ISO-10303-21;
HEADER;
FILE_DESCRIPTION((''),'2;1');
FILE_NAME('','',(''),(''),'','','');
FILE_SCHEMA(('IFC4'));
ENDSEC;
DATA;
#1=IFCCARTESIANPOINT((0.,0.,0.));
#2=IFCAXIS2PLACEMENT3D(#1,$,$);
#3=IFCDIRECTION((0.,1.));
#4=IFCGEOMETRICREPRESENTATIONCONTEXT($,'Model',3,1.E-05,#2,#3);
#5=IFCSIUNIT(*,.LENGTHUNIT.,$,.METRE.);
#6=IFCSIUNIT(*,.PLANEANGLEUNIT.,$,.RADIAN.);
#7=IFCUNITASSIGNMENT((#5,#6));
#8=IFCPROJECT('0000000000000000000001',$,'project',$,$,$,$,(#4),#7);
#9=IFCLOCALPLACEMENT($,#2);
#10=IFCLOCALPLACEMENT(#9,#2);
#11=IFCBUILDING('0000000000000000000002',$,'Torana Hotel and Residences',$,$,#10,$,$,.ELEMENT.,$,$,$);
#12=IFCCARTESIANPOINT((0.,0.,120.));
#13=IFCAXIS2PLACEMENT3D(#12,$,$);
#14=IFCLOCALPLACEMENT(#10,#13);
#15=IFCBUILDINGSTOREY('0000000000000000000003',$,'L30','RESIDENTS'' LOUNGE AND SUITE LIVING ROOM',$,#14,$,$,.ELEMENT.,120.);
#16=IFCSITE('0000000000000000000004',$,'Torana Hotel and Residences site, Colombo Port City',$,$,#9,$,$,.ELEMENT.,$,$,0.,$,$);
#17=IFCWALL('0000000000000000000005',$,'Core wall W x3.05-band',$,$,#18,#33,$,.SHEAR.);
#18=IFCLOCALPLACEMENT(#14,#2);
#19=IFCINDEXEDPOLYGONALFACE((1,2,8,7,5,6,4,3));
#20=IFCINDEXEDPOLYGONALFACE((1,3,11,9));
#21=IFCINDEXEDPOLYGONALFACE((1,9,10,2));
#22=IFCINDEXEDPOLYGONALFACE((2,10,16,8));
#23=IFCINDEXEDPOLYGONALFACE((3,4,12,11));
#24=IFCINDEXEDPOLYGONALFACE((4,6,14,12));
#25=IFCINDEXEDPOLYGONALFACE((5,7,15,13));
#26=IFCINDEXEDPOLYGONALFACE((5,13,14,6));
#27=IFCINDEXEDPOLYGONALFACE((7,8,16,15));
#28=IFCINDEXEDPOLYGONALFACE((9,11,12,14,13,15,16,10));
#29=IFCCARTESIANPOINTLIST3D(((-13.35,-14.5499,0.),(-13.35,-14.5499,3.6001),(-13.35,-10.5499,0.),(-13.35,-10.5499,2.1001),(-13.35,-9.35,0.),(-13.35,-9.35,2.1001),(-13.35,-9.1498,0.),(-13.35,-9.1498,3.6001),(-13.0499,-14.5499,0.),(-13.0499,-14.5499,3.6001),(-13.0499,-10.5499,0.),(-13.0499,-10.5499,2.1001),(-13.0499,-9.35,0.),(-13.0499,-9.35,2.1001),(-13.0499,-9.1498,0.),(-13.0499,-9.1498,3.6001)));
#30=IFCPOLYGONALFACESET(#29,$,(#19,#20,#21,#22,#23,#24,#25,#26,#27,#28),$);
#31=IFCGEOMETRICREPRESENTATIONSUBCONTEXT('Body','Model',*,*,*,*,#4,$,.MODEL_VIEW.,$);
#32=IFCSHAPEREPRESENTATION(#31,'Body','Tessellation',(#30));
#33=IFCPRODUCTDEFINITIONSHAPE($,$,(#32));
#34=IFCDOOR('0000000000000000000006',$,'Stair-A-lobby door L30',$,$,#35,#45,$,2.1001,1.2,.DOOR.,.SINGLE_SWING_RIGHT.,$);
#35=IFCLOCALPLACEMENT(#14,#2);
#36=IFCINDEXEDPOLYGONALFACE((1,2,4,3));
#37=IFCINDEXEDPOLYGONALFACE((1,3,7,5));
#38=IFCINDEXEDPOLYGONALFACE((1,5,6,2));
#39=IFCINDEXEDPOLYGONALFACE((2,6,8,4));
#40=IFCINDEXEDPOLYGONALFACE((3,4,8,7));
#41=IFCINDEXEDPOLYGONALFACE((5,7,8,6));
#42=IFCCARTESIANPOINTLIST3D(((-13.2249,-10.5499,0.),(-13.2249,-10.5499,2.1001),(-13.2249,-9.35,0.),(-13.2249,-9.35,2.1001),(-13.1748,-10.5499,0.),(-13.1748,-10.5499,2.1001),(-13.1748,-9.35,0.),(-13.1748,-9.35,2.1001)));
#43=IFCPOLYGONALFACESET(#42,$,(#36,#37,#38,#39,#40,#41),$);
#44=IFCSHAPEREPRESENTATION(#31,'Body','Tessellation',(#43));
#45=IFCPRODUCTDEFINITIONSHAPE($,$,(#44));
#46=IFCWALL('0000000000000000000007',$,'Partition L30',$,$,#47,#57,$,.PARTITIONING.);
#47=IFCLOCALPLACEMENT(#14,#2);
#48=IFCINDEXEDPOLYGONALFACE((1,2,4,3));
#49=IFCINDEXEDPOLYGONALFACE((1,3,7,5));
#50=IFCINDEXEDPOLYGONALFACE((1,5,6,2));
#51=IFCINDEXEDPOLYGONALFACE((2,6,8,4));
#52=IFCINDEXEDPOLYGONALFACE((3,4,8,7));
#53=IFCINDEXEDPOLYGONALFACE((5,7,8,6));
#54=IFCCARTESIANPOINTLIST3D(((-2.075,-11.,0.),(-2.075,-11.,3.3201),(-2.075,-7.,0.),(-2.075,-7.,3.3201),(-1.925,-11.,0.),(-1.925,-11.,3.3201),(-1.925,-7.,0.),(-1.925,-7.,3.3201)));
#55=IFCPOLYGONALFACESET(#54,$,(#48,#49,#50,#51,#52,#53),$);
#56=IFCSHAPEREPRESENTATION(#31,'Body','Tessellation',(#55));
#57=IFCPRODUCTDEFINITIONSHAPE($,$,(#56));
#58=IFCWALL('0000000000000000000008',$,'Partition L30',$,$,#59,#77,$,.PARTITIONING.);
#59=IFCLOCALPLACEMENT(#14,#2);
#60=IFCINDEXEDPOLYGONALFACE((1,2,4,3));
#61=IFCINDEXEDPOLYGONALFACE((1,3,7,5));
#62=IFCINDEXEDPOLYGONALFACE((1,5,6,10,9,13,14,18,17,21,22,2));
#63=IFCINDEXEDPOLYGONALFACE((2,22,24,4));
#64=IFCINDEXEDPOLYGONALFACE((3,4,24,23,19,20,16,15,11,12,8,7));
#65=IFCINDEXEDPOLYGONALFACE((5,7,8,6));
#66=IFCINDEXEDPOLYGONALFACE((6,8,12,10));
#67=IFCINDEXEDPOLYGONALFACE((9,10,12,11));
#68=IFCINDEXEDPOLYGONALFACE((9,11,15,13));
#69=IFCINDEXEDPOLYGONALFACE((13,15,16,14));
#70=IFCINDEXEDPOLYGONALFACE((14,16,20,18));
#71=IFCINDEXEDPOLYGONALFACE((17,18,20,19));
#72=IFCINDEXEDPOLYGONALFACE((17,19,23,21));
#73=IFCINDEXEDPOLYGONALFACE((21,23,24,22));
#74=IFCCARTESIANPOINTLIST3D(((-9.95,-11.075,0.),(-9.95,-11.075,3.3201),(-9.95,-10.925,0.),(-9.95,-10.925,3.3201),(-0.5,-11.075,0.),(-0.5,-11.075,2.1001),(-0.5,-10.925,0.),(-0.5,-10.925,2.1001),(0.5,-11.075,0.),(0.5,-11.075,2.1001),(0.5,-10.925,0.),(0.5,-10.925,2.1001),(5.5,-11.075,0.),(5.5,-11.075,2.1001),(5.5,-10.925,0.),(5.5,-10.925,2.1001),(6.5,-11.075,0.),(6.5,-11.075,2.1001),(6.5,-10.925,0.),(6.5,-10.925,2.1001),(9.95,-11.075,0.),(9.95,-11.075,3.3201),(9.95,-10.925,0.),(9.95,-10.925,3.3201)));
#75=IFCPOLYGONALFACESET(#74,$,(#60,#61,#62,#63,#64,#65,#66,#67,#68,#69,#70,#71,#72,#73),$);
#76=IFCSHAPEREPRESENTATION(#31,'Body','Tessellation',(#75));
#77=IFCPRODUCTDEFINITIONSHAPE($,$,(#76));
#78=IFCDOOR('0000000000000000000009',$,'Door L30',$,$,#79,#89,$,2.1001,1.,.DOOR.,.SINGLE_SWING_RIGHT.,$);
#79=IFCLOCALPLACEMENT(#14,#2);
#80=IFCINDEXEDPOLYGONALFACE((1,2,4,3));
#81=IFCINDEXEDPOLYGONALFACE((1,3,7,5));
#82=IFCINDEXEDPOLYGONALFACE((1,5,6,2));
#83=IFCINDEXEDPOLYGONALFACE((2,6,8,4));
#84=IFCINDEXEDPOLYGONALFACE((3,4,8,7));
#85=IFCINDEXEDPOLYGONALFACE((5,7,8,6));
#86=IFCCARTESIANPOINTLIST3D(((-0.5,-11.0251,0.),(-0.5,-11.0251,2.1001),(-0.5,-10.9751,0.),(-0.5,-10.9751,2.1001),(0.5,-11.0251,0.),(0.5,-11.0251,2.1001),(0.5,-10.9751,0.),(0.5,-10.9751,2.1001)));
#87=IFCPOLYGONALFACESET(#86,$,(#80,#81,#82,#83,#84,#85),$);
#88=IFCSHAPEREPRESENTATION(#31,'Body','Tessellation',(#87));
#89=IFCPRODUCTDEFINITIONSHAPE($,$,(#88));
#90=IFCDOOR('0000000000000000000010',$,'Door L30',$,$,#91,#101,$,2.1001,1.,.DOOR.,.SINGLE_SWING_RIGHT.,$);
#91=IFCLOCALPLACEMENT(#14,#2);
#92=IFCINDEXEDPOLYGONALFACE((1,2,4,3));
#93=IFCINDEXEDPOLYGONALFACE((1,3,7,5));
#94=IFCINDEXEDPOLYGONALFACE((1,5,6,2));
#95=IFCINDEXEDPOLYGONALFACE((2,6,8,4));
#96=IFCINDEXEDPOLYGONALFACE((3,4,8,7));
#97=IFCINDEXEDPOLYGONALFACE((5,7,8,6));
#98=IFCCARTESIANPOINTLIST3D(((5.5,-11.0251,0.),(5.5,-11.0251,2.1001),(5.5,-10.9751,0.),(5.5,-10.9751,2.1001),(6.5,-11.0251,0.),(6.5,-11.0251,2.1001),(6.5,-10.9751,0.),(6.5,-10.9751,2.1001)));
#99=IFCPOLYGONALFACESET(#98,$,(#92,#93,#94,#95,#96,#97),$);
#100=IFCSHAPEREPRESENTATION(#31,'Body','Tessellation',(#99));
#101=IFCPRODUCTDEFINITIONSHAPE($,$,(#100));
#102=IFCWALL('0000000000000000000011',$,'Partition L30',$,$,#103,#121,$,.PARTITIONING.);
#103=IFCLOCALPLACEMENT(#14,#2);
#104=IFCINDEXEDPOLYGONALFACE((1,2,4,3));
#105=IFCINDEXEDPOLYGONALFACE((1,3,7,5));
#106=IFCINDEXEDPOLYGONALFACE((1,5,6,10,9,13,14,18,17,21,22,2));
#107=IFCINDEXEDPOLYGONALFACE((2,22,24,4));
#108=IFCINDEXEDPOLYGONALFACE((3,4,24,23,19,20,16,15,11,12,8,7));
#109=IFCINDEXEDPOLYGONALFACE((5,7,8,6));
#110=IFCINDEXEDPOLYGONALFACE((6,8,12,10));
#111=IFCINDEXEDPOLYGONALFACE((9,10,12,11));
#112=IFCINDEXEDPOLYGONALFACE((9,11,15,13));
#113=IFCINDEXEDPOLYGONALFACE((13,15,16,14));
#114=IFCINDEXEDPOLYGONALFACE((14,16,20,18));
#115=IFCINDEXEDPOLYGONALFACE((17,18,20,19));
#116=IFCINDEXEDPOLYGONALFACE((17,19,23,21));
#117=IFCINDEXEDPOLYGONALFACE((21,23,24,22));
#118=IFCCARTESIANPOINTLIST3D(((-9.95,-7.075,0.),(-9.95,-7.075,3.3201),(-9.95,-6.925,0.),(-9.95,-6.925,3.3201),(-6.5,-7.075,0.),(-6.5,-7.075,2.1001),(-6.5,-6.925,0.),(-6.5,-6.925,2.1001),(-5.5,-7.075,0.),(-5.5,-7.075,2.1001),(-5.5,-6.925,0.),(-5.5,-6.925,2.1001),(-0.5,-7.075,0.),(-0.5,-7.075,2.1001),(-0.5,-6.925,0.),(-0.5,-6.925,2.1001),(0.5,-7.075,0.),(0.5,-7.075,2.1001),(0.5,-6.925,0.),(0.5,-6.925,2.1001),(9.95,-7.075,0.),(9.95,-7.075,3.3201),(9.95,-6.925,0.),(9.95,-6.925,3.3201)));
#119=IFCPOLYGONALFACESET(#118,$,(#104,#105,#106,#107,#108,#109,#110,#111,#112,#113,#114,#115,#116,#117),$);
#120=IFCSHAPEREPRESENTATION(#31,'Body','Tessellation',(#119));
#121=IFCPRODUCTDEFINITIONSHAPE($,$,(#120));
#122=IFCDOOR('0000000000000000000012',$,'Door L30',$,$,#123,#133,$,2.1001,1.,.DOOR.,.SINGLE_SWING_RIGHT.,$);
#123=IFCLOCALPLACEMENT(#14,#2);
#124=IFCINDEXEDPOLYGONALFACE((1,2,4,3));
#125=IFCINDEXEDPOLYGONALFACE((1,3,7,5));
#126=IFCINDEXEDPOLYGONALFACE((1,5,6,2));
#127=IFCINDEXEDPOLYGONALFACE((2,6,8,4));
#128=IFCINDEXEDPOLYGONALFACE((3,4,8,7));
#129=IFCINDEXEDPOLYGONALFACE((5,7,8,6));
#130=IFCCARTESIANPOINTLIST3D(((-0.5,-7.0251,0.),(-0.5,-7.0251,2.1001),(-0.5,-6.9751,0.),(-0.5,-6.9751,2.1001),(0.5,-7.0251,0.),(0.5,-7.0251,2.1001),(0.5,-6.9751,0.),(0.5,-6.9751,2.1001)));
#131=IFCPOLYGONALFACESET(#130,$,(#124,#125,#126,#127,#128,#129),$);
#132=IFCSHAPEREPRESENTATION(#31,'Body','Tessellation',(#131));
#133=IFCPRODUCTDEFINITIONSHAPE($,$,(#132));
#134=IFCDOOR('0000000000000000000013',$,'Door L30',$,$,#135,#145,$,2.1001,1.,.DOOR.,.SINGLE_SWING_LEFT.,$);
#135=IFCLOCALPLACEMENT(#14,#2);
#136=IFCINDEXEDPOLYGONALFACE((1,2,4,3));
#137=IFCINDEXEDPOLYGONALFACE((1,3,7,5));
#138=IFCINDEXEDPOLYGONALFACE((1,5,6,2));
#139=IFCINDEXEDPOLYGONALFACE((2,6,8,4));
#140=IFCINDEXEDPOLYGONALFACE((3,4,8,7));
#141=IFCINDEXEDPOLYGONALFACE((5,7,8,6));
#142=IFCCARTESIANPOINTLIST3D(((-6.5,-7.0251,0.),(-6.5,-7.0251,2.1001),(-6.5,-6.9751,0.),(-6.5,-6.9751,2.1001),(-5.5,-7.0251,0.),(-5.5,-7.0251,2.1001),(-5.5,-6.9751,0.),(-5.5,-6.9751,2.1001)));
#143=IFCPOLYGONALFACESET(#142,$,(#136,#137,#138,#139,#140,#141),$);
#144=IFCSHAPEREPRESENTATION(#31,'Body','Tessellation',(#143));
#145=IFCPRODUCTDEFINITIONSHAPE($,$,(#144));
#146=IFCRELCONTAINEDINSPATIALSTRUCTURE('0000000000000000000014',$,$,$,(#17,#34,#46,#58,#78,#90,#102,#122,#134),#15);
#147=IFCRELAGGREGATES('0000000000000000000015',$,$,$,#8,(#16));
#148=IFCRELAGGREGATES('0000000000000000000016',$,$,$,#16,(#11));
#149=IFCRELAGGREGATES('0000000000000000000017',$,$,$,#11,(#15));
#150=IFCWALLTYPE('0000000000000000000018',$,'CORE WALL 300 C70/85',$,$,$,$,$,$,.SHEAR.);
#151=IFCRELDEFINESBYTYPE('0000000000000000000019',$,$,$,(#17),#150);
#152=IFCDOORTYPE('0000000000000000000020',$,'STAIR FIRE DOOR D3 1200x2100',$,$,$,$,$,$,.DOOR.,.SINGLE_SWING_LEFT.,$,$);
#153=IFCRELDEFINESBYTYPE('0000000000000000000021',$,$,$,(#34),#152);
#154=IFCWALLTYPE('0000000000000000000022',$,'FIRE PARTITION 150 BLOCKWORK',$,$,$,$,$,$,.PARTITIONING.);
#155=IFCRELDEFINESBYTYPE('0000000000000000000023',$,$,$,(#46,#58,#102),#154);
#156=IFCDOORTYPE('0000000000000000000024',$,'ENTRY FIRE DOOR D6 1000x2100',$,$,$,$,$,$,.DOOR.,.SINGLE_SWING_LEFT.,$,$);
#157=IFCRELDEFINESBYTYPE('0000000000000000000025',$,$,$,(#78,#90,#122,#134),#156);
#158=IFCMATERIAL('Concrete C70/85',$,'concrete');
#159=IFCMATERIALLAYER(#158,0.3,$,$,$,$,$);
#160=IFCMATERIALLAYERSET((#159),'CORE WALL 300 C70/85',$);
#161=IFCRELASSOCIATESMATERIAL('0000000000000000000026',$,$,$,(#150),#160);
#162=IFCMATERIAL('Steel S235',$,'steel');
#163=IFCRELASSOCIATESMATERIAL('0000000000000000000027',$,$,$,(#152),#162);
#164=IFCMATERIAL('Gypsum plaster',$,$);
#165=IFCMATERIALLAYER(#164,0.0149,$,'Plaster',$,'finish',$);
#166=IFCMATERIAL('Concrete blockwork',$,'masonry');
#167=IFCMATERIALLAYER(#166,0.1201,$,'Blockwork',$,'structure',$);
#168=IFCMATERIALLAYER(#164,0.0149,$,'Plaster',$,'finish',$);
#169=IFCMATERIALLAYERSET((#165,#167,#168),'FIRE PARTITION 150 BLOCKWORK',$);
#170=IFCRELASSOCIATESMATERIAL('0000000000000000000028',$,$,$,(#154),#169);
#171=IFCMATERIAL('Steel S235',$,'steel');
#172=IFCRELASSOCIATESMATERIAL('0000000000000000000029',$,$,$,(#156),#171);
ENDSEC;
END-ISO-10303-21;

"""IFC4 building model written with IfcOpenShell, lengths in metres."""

from ifc_helpers import new_model, si_unit, direction, frame, frame_2d, origin, place, context, subcontext, project, spatial, rectangle, extrude, material, layer, layer_set, type_object, element, fill, save


model = new_model("IFC4")

# Units and contexts
model_context = context("Model", 3, precision=1e-05, world=origin(), true_north=direction((0.0, 1.0)))
body_context = subcontext(model_context, "Body", "Model", "MODEL_VIEW")
ifc_project = project(units=[si_unit("LENGTHUNIT", "METRE"), si_unit("PLANEANGLEUNIT", "RADIAN")], contexts=[model_context])

# Site, building, storey
site_placement = place(None, origin())
site = spatial("IfcSite", under=ifc_project, at=site_placement, Name="Torana Hotel and Residences site, Colombo Port City", CompositionType="ELEMENT", RefElevation=0.0)
building_placement = place(site_placement, origin())
building = spatial("IfcBuilding", under=site, at=building_placement, Name="Torana Hotel and Residences", CompositionType="ELEMENT")
storey_placement = place(building_placement, frame((0.0, 0.0, 120.0)))
storey = spatial("IfcBuildingStorey", under=building, at=storey_placement, Name="L30", Description="RESIDENTS' LOUNGE AND SUITE LIVING ROOM", CompositionType="ELEMENT", Elevation=120.0)

# Shared definitions
ifc_material_1 = material(Name="Concrete C70/85", Category="concrete")
ifc_layer_1 = layer(ifc_material_1, 0.3)
ifc_layer_set_1 = layer_set([ifc_layer_1], Name="CORE WALL 300 C70/85")
wall_type_1 = type_object("IfcWallType", Name="CORE WALL 300 C70/85", PredefinedType="SHEAR", material=ifc_layer_set_1)

# Wall, opening, door
wall_1_placement = place(storey_placement, frame((-13.2, -14.55, 0.0), z_axis=(0.0, 0.0, 1.0), x_axis=(0.0, 1.0, 0.0)))
wall_1 = element("IfcWall", 1, at=wall_1_placement, inside=storey, type_object=wall_type_1, Name="Core wall W x3.05-band", PredefinedType="SHEAR", context=body_context, shape_type="SweptSolid", body=[
    extrude(rectangle(XDim=5.4001, YDim=0.3, at=frame_2d((2.7002, 0.0))), origin(), (0.0, 0.0, 1.0), 3.6001),
])
opening_1_placement = place(wall_1_placement, frame((4.0, 0.0, 0.0)))
opening_1 = element("IfcOpeningElement", 2, at=opening_1_placement, cuts=wall_1, PredefinedType="OPENING", context=body_context, shape_type="SweptSolid", body=[
    extrude(rectangle(XDim=1.2, YDim=2.1001, at=frame_2d((0.6001, 1.05))), frame((0.0, 0.1599, 0.0), z_axis=(0.0, -1.0, 0.0), x_axis=(1.0, 0.0, 0.0)), (0.0, 0.0, 1.0), 0.3201),
])
ifc_material_2 = material(Name="Steel S235", Category="steel")
door_type_1 = type_object("IfcDoorType", Name="STAIR FIRE DOOR D3 1200x2100", OperationType="SINGLE_SWING_LEFT", PredefinedType="DOOR", material=ifc_material_2)
door_1_placement = place(opening_1_placement, frame((0.6001, 0.0, 0.0), z_axis=(0.0, 0.0, 1.0), x_axis=(-1.0, 0.0, 0.0)))
door_1 = element("IfcDoor", 3, at=door_1_placement, inside=storey, type_object=door_type_1, Name="Stair-A-lobby door L30", OperationType="SINGLE_SWING_RIGHT", OverallHeight=2.1001, OverallWidth=1.2, PredefinedType="DOOR", context=body_context, shape_type="SweptSolid", body=[
    extrude(rectangle(XDim=1.2, YDim=2.1001, at=frame_2d((0.0, 1.05))), frame((0.0, -0.0249, 0.0), z_axis=(0.0, 1.0, 0.0), x_axis=(-1.0, 0.0, 0.0)), (0.0, 0.0, 1.0), 0.05),
])
fill(opening_1, door_1)

# Wall
ifc_material_3 = material(Name="Gypsum plaster")
ifc_layer_2 = layer(ifc_material_3, 0.0149, Name="Plaster", Category="finish")
ifc_material_4 = material(Name="Concrete blockwork", Category="masonry")
ifc_layer_3 = layer(ifc_material_4, 0.1201, Name="Blockwork", Category="structure")
ifc_layer_4 = layer(ifc_material_3, 0.0149, Name="Plaster", Category="finish")
ifc_layer_set_2 = layer_set([ifc_layer_2, ifc_layer_3, ifc_layer_4], Name="FIRE PARTITION 150 BLOCKWORK")
wall_type_2 = type_object("IfcWallType", Name="FIRE PARTITION 150 BLOCKWORK", PredefinedType="PARTITIONING", material=ifc_layer_set_2)
wall_2_placement = place(storey_placement, frame((-2.0, -11.0, 0.0), z_axis=(0.0, 0.0, 1.0), x_axis=(0.0, 1.0, 0.0)))
element("IfcWall", 4, at=wall_2_placement, inside=storey, type_object=wall_type_2, Name="Partition L30", PredefinedType="PARTITIONING", context=body_context, shape_type="SweptSolid", body=[
    extrude(rectangle(XDim=4.0, YDim=0.1499, at=frame_2d((2.0, 0.0))), origin(), (0.0, 0.0, 1.0), 3.3201),
])

# Walls, openings, doors
wall_3_placement = place(storey_placement, frame((-9.95, -11.0, 0.0), z_axis=(0.0, 0.0, 1.0), x_axis=(1.0, 0.0, 0.0)))
wall_3 = element("IfcWall", 5, at=wall_3_placement, inside=storey, type_object=wall_type_2, Name="Partition L30", PredefinedType="PARTITIONING", context=body_context, shape_type="SweptSolid", body=[
    extrude(rectangle(XDim=19.8999, YDim=0.1499, at=frame_2d((9.95, 0.0))), origin(), (0.0, 0.0, 1.0), 3.3201),
])
opening_2_placement = place(wall_3_placement, frame((9.45, 0.0, 0.0)))
opening_2 = element("IfcOpeningElement", 6, at=opening_2_placement, cuts=wall_3, PredefinedType="OPENING", context=body_context, shape_type="SweptSolid", body=[
    extrude(rectangle(XDim=1.0, YDim=2.1001, at=frame_2d((0.5, 1.05))), frame((0.0, 0.085, 0.0), z_axis=(0.0, -1.0, 0.0), x_axis=(1.0, 0.0, 0.0)), (0.0, 0.0, 1.0), 0.1699),
])
opening_3_placement = place(wall_3_placement, frame((15.45, 0.0, 0.0)))
opening_3 = element("IfcOpeningElement", 7, at=opening_3_placement, cuts=wall_3, PredefinedType="OPENING", context=body_context, shape_type="SweptSolid", body=[
    extrude(rectangle(XDim=1.0, YDim=2.1001, at=frame_2d((0.5, 1.05))), frame((0.0, 0.085, 0.0), z_axis=(0.0, -1.0, 0.0), x_axis=(1.0, 0.0, 0.0)), (0.0, 0.0, 1.0), 0.1699),
])
ifc_material_5 = material(Name="Steel S235", Category="steel")
door_type_2 = type_object("IfcDoorType", Name="ENTRY FIRE DOOR D6 1000x2100", OperationType="SINGLE_SWING_LEFT", PredefinedType="DOOR", material=ifc_material_5)
door_2_placement = place(opening_2_placement, origin())
door_2 = element("IfcDoor", 8, at=door_2_placement, inside=storey, type_object=door_type_2, Name="Door L30", OperationType="SINGLE_SWING_RIGHT", OverallHeight=2.1001, OverallWidth=1.0, PredefinedType="DOOR", context=body_context, shape_type="SweptSolid", body=[
    extrude(rectangle(XDim=1.0, YDim=2.1001, at=frame_2d((0.5, 1.05))), frame((0.0, 0.0249, 0.0), z_axis=(0.0, -1.0, 0.0), x_axis=(1.0, 0.0, 0.0)), (0.0, 0.0, 1.0), 0.05),
])
fill(opening_2, door_2)
door_3_placement = place(opening_3_placement, origin())
door_3 = element("IfcDoor", 9, at=door_3_placement, inside=storey, type_object=door_type_2, Name="Door L30", OperationType="SINGLE_SWING_RIGHT", OverallHeight=2.1001, OverallWidth=1.0, PredefinedType="DOOR", context=body_context, shape_type="SweptSolid", body=[
    extrude(rectangle(XDim=1.0, YDim=2.1001, at=frame_2d((0.5, 1.05))), frame((0.0, 0.0249, 0.0), z_axis=(0.0, -1.0, 0.0), x_axis=(1.0, 0.0, 0.0)), (0.0, 0.0, 1.0), 0.05),
])
fill(opening_3, door_3)
wall_4_placement = place(storey_placement, frame((-9.95, -7.0, 0.0), z_axis=(0.0, 0.0, 1.0), x_axis=(1.0, 0.0, 0.0)))
wall_4 = element("IfcWall", 10, at=wall_4_placement, inside=storey, type_object=wall_type_2, Name="Partition L30", PredefinedType="PARTITIONING", context=body_context, shape_type="SweptSolid", body=[
    extrude(rectangle(XDim=19.8999, YDim=0.1499, at=frame_2d((9.95, 0.0))), origin(), (0.0, 0.0, 1.0), 3.3201),
])
opening_4_placement = place(wall_4_placement, frame((9.45, 0.0, 0.0)))
opening_4 = element("IfcOpeningElement", 11, at=opening_4_placement, cuts=wall_4, PredefinedType="OPENING", context=body_context, shape_type="SweptSolid", body=[
    extrude(rectangle(XDim=1.0, YDim=2.1001, at=frame_2d((0.5, 1.05))), frame((0.0, 0.085, 0.0), z_axis=(0.0, -1.0, 0.0), x_axis=(1.0, 0.0, 0.0)), (0.0, 0.0, 1.0), 0.1699),
])
opening_5_placement = place(wall_4_placement, frame((3.45, 0.0, 0.0)))
opening_5 = element("IfcOpeningElement", 12, at=opening_5_placement, cuts=wall_4, PredefinedType="OPENING", context=body_context, shape_type="SweptSolid", body=[
    extrude(rectangle(XDim=1.0, YDim=2.1001, at=frame_2d((0.5, 1.05))), frame((0.0, 0.085, 0.0), z_axis=(0.0, -1.0, 0.0), x_axis=(1.0, 0.0, 0.0)), (0.0, 0.0, 1.0), 0.1699),
])
door_4_placement = place(opening_4_placement, origin())
door_4 = element("IfcDoor", 13, at=door_4_placement, inside=storey, type_object=door_type_2, Name="Door L30", OperationType="SINGLE_SWING_RIGHT", OverallHeight=2.1001, OverallWidth=1.0, PredefinedType="DOOR", context=body_context, shape_type="SweptSolid", body=[
    extrude(rectangle(XDim=1.0, YDim=2.1001, at=frame_2d((0.5, 1.05))), frame((0.0, 0.0249, 0.0), z_axis=(0.0, -1.0, 0.0), x_axis=(1.0, 0.0, 0.0)), (0.0, 0.0, 1.0), 0.05),
])
fill(opening_4, door_4)
door_5_placement = place(opening_5_placement, frame((0.5, 0.0, 0.0), z_axis=(0.0, 0.0, 1.0), x_axis=(-1.0, 0.0, 0.0)))
door_5 = element("IfcDoor", 14, at=door_5_placement, inside=storey, type_object=door_type_2, Name="Door L30", OperationType="SINGLE_SWING_LEFT", OverallHeight=2.1001, OverallWidth=1.0, PredefinedType="DOOR", context=body_context, shape_type="SweptSolid", body=[
    extrude(rectangle(XDim=1.0, YDim=2.1001, at=frame_2d((0.0, 1.05))), frame((0.0, -0.0249, 0.0), z_axis=(0.0, 1.0, 0.0), x_axis=(-1.0, 0.0, 0.0)), (0.0, 0.0, 1.0), 0.05),
])
fill(opening_5, door_5)

save(model, "model.ifc")
